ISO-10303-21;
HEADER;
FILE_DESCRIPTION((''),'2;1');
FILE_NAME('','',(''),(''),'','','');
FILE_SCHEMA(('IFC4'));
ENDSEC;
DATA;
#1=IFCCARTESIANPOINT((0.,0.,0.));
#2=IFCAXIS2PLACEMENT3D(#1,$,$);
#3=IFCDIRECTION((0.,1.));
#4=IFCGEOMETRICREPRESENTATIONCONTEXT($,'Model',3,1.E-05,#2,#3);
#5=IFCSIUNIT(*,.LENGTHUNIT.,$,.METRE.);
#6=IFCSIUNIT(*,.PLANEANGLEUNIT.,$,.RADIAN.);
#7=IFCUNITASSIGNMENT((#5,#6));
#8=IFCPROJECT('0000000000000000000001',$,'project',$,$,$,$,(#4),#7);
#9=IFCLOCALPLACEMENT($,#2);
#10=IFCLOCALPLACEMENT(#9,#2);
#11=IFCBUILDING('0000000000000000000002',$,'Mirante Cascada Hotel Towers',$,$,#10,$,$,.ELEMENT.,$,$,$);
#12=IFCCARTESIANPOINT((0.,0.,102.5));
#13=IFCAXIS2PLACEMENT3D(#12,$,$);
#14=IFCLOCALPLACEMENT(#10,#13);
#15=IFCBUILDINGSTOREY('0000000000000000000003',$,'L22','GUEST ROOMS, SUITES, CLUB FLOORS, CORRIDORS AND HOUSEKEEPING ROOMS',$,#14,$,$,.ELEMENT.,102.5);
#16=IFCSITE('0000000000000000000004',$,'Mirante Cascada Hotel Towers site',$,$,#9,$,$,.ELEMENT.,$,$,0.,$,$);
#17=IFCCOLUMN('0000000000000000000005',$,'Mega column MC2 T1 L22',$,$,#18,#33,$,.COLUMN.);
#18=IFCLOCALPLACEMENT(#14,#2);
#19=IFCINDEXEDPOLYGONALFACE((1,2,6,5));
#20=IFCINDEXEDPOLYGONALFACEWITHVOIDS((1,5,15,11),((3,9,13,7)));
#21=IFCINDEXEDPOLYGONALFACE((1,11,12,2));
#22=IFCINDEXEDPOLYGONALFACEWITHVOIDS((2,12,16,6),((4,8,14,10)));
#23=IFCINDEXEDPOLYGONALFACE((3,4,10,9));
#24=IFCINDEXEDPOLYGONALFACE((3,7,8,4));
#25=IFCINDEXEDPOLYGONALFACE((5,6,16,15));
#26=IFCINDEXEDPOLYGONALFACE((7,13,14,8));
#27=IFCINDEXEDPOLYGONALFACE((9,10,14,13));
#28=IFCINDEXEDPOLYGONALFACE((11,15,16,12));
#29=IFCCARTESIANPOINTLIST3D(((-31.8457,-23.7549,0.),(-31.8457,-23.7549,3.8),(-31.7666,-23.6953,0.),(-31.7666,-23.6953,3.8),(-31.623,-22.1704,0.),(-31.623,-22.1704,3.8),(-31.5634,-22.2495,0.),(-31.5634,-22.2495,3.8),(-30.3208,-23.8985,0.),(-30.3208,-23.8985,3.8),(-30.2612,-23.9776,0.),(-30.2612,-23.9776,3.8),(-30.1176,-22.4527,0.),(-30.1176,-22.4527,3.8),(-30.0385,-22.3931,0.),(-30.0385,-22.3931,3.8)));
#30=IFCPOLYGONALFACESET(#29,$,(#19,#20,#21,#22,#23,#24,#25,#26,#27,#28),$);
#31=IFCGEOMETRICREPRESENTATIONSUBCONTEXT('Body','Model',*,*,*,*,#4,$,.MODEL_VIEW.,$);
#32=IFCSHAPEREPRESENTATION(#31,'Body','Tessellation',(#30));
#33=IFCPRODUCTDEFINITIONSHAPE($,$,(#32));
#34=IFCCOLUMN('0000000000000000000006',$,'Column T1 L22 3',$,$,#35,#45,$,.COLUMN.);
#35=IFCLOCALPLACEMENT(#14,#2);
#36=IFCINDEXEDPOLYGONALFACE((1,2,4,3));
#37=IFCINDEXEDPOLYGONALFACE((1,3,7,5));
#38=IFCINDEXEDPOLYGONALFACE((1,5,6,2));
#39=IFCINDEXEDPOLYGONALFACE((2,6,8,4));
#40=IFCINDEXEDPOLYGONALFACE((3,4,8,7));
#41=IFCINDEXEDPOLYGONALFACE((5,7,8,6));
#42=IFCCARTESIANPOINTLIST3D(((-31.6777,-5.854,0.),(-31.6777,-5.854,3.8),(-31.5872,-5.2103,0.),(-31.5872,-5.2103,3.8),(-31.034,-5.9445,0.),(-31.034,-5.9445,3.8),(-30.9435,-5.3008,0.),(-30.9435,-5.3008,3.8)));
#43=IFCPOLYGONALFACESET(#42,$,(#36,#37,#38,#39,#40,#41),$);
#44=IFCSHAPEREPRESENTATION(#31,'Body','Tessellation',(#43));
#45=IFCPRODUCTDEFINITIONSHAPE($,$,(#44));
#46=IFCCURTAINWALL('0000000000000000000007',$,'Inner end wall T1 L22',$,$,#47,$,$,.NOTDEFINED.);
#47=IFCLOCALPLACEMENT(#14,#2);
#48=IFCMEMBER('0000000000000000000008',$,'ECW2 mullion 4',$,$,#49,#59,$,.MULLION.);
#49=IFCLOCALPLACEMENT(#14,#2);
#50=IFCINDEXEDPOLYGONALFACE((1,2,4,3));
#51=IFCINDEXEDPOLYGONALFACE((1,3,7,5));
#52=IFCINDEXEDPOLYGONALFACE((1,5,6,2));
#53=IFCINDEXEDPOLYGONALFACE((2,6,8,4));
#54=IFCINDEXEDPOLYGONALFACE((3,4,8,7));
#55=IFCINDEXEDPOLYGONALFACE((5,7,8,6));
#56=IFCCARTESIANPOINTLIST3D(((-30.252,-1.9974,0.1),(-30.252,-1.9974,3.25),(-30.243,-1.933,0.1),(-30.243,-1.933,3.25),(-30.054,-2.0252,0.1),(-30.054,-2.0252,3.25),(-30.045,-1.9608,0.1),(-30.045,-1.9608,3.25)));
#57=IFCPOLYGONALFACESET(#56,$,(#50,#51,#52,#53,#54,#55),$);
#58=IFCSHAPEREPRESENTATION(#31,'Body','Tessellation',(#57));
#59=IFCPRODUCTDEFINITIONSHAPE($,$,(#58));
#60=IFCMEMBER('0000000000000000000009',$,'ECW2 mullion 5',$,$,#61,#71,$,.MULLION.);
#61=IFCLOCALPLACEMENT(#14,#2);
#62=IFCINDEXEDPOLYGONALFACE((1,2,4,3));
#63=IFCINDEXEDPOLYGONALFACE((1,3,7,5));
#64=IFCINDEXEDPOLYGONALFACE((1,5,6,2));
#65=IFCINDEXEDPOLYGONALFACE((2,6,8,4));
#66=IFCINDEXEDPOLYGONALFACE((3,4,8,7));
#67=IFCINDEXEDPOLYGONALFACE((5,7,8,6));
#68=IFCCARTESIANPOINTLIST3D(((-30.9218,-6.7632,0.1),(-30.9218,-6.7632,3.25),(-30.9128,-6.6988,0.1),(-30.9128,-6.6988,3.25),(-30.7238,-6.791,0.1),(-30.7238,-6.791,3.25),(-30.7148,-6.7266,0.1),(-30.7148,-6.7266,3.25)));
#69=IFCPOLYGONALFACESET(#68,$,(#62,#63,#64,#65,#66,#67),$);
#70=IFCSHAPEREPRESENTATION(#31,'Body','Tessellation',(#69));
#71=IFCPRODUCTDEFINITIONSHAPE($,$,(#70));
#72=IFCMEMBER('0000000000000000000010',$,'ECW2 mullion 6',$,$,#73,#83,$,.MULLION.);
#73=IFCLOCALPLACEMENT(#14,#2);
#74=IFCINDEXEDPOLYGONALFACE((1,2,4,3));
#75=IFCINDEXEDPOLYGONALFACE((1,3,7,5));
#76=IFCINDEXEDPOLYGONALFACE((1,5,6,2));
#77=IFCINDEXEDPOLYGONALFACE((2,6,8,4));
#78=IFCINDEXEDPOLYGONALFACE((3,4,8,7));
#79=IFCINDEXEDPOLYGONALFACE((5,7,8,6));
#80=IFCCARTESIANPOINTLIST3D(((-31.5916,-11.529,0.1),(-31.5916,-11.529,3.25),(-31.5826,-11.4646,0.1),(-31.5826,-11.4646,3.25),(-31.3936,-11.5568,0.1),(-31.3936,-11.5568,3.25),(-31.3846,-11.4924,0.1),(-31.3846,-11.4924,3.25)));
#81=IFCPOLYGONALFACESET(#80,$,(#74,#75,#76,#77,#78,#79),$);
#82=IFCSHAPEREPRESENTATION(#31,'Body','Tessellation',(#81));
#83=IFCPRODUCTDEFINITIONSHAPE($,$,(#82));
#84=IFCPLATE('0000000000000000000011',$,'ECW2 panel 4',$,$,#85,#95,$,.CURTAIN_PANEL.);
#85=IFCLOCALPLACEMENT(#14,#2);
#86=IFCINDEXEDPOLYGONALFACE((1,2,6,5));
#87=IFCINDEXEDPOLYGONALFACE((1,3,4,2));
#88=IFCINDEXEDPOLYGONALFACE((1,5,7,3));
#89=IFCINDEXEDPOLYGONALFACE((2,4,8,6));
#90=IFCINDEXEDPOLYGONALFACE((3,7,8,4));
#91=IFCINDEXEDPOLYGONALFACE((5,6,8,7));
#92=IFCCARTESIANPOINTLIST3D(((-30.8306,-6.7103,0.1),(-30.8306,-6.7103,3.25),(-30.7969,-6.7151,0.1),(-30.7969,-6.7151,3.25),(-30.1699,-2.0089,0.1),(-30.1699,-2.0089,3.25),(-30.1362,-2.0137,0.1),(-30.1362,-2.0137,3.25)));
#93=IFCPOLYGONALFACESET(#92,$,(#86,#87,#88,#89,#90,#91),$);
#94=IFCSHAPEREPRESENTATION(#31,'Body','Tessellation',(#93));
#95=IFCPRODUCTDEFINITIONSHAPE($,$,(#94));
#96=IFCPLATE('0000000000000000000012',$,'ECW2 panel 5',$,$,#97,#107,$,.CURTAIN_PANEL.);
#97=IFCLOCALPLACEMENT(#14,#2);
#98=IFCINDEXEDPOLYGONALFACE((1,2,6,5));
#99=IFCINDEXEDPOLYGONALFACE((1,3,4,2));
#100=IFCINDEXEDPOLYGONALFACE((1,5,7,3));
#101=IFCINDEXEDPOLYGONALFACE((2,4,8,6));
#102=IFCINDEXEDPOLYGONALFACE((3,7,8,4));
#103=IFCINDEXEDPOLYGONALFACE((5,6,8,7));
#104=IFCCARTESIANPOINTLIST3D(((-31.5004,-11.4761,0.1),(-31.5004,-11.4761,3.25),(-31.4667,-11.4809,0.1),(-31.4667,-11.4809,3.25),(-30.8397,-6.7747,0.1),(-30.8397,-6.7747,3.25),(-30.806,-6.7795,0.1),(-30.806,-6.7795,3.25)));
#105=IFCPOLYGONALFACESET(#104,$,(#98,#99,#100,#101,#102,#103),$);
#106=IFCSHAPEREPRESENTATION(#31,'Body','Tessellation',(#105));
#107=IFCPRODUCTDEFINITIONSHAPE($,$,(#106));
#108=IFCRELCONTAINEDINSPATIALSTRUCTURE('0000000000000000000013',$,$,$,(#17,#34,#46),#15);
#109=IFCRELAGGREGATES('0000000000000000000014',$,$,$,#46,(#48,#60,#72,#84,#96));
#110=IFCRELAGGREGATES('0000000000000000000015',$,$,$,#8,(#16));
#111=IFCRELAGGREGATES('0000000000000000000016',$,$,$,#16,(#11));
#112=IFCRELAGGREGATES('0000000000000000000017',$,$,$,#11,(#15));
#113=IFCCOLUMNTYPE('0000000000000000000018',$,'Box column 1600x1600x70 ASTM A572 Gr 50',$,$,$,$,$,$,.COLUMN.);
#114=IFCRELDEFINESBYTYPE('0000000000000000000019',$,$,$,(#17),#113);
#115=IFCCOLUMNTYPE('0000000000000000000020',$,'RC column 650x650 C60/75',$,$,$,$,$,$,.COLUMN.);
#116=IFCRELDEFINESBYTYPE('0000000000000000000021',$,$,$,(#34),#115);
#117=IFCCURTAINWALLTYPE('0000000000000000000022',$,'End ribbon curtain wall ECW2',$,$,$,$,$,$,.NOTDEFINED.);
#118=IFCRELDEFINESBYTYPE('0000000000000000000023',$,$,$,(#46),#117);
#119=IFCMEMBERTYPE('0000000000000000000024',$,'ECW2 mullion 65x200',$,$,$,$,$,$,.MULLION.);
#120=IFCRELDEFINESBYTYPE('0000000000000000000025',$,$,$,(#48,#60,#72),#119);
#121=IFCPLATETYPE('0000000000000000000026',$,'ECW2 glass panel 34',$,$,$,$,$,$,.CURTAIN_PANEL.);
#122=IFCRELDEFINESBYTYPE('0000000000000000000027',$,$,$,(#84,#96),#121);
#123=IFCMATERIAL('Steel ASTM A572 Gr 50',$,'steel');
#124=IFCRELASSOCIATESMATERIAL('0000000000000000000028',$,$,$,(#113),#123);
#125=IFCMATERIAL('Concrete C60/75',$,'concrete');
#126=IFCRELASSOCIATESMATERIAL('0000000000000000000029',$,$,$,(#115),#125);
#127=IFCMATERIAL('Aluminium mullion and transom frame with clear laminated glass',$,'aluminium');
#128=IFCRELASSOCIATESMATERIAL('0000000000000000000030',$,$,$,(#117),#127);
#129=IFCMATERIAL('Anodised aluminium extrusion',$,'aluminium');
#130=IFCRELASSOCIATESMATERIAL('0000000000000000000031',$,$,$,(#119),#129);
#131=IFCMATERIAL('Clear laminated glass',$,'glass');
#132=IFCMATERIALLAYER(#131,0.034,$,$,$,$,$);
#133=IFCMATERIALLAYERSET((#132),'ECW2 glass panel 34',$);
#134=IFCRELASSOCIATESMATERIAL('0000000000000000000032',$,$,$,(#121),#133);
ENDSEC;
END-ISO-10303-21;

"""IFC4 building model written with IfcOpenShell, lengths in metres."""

from ifc_helpers import new_model, si_unit, direction, frame, origin, origin_2d, place, context, subcontext, project, spatial, rectangle, hollow_rectangle, extrude, material, layer, layer_set, material_profile, profile_set, type_object, element, aggregate, save


model = new_model("IFC4")

# Units and contexts
model_context = context("Model", 3, precision=1e-05, world=origin(), true_north=direction((0.0, 1.0)))
body_context = subcontext(model_context, "Body", "Model", "MODEL_VIEW")
ifc_project = project(units=[si_unit("LENGTHUNIT", "METRE"), si_unit("PLANEANGLEUNIT", "RADIAN")], contexts=[model_context])

# Site, building, storey
site_placement = place(None, origin())
site = spatial("IfcSite", under=ifc_project, at=site_placement, Name="Mirante Cascada Hotel Towers site", CompositionType="ELEMENT", RefElevation=0.0)
building_placement = place(site_placement, origin())
building = spatial("IfcBuilding", under=site, at=building_placement, Name="Mirante Cascada Hotel Towers", CompositionType="ELEMENT")
storey_placement = place(building_placement, frame((0.0, 0.0, 102.5)))
storey = spatial("IfcBuildingStorey", under=building, at=storey_placement, Name="L22", Description="GUEST ROOMS, SUITES, CLUB FLOORS, CORRIDORS AND HOUSEKEEPING ROOMS", CompositionType="ELEMENT", Elevation=102.5)

# Columns
ifc_material_1 = material(Name="Steel ASTM A572 Gr 50", Category="steel")
ifc_material_profile_1 = material_profile(ifc_material_1, hollow_rectangle(XDim=1.6, YDim=1.6, WallThickness=0.07, at=origin_2d()), Name="Box column 1600x1600x70 ASTM A572 Gr 50")
ifc_profile_set_1 = profile_set([ifc_material_profile_1], Name="Steel ASTM A572 Gr 50")
column_type_1 = type_object("IfcColumnType", Name="Box column 1600x1600x70 ASTM A572 Gr 50", PredefinedType="COLUMN", material=ifc_profile_set_1)
column_1_placement = place(storey_placement, frame((-30.9421, -23.074, 0.0), z_axis=(0.0, 0.0, 1.0), x_axis=(-0.990268, 0.139173, 0.0)))
element("IfcColumn", 1, at=column_1_placement, inside=storey, type_object=column_type_1, Name="Mega column MC2 T1 L22", PredefinedType="COLUMN", context=body_context, shape_type="SweptSolid", body=[
    extrude(hollow_rectangle(XDim=1.6, YDim=1.6, WallThickness=0.07, at=origin_2d()), origin(), (0.0, 0.0, 1.0), 3.8),
])
ifc_material_2 = material(Name="Concrete C60/75", Category="concrete")
ifc_material_profile_2 = material_profile(ifc_material_2, rectangle(XDim=0.65, YDim=0.65, at=origin_2d()), Name="RC column 650x650 C60/75")
ifc_profile_set_2 = profile_set([ifc_material_profile_2], Name="Concrete C60/75")
column_type_2 = type_object("IfcColumnType", Name="RC column 650x650 C60/75", PredefinedType="COLUMN", material=ifc_profile_set_2)
column_2_placement = place(storey_placement, frame((-31.3106, -5.5774, 0.0), z_axis=(0.0, 0.0, 1.0), x_axis=(-0.990268, 0.139173, 0.0)))
element("IfcColumn", 2, at=column_2_placement, inside=storey, type_object=column_type_2, Name="Column T1 L22 3", PredefinedType="COLUMN", context=body_context, shape_type="SweptSolid", body=[
    extrude(rectangle(XDim=0.65, YDim=0.65, at=origin_2d()), origin(), (0.0, 0.0, 1.0), 3.8),
])

# Curtain wall, members, plates
ifc_material_3 = material(Name="Aluminium mullion and transom frame with clear laminated glass", Category="aluminium")
curtain_wall_type = type_object("IfcCurtainWallType", Name="End ribbon curtain wall ECW2", PredefinedType="NOTDEFINED", material=ifc_material_3)
curtain_wall_placement = place(storey_placement, origin())
curtain_wall = element("IfcCurtainWall", 3, at=curtain_wall_placement, inside=storey, type_object=curtain_wall_type, Name="Inner end wall T1 L22", PredefinedType="NOTDEFINED")
ifc_material_4 = material(Name="Anodised aluminium extrusion", Category="aluminium")
ifc_material_profile_3 = material_profile(ifc_material_4, rectangle(XDim=0.2, YDim=0.065, at=origin_2d()), Name="ECW2 MULLION 65x200")
ifc_profile_set_3 = profile_set([ifc_material_profile_3], Name="Anodised aluminium extrusion")
member_type = type_object("IfcMemberType", Name="ECW2 mullion 65x200", PredefinedType="MULLION", material=ifc_profile_set_3)
member_1_placement = place(storey_placement, frame((-30.1485, -1.9791, 0.1), z_axis=(0.0, 0.0, 1.0), x_axis=(0.990268, -0.139173, 0.0)))
member_1 = element("IfcMember", 4, at=member_1_placement, type_object=member_type, Name="ECW2 mullion 4", PredefinedType="MULLION", context=body_context, shape_type="SweptSolid", body=[
    extrude(rectangle(XDim=0.2, YDim=0.065, at=origin_2d()), origin(), (0.0, 0.0, 1.0), 3.15),
])
member_2_placement = place(storey_placement, frame((-30.8183, -6.7449, 0.1), z_axis=(0.0, 0.0, 1.0), x_axis=(0.990268, -0.139173, 0.0)))
member_2 = element("IfcMember", 5, at=member_2_placement, type_object=member_type, Name="ECW2 mullion 5", PredefinedType="MULLION", context=body_context, shape_type="SweptSolid", body=[
    extrude(rectangle(XDim=0.2, YDim=0.065, at=origin_2d()), origin(), (0.0, 0.0, 1.0), 3.15),
])
member_3_placement = place(storey_placement, frame((-31.4881, -11.5107, 0.1), z_axis=(0.0, 0.0, 1.0), x_axis=(0.990268, -0.139173, 0.0)))
member_3 = element("IfcMember", 6, at=member_3_placement, type_object=member_type, Name="ECW2 mullion 6", PredefinedType="MULLION", context=body_context, shape_type="SweptSolid", body=[
    extrude(rectangle(XDim=0.2, YDim=0.065, at=origin_2d()), origin(), (0.0, 0.0, 1.0), 3.15),
])
ifc_material_5 = material(Name="Clear laminated glass", Category="glass")
ifc_layer_1 = layer(ifc_material_5, 0.034)
ifc_layer_set_1 = layer_set([ifc_layer_1], Name="ECW2 glass panel 34")
plate_type = type_object("IfcPlateType", Name="ECW2 glass panel 34", PredefinedType="CURTAIN_PANEL", material=ifc_layer_set_1)
plate_1_placement = place(storey_placement, frame((-30.4834, -4.362, 0.1), z_axis=(0.0, 0.0, 1.0), x_axis=(-0.139173, -0.990268, 0.0)))
plate_1 = element("IfcPlate", 7, at=plate_1_placement, type_object=plate_type, Name="ECW2 panel 4", PredefinedType="CURTAIN_PANEL", context=body_context, shape_type="SweptSolid", body=[
    extrude(rectangle(XDim=4.7476, YDim=0.034, at=origin_2d()), origin(), (0.0, 0.0, 1.0), 3.15),
])
plate_2_placement = place(storey_placement, frame((-31.1532, -9.1278, 0.1), z_axis=(0.0, 0.0, 1.0), x_axis=(-0.139173, -0.990268, 0.0)))
plate_2 = element("IfcPlate", 8, at=plate_2_placement, type_object=plate_type, Name="ECW2 panel 5", PredefinedType="CURTAIN_PANEL", context=body_context, shape_type="SweptSolid", body=[
    extrude(rectangle(XDim=4.7476, YDim=0.034, at=origin_2d()), origin(), (0.0, 0.0, 1.0), 3.15),
])
aggregate(curtain_wall, [member_1, member_2, member_3, plate_1, plate_2])

save(model, "model.ifc")
